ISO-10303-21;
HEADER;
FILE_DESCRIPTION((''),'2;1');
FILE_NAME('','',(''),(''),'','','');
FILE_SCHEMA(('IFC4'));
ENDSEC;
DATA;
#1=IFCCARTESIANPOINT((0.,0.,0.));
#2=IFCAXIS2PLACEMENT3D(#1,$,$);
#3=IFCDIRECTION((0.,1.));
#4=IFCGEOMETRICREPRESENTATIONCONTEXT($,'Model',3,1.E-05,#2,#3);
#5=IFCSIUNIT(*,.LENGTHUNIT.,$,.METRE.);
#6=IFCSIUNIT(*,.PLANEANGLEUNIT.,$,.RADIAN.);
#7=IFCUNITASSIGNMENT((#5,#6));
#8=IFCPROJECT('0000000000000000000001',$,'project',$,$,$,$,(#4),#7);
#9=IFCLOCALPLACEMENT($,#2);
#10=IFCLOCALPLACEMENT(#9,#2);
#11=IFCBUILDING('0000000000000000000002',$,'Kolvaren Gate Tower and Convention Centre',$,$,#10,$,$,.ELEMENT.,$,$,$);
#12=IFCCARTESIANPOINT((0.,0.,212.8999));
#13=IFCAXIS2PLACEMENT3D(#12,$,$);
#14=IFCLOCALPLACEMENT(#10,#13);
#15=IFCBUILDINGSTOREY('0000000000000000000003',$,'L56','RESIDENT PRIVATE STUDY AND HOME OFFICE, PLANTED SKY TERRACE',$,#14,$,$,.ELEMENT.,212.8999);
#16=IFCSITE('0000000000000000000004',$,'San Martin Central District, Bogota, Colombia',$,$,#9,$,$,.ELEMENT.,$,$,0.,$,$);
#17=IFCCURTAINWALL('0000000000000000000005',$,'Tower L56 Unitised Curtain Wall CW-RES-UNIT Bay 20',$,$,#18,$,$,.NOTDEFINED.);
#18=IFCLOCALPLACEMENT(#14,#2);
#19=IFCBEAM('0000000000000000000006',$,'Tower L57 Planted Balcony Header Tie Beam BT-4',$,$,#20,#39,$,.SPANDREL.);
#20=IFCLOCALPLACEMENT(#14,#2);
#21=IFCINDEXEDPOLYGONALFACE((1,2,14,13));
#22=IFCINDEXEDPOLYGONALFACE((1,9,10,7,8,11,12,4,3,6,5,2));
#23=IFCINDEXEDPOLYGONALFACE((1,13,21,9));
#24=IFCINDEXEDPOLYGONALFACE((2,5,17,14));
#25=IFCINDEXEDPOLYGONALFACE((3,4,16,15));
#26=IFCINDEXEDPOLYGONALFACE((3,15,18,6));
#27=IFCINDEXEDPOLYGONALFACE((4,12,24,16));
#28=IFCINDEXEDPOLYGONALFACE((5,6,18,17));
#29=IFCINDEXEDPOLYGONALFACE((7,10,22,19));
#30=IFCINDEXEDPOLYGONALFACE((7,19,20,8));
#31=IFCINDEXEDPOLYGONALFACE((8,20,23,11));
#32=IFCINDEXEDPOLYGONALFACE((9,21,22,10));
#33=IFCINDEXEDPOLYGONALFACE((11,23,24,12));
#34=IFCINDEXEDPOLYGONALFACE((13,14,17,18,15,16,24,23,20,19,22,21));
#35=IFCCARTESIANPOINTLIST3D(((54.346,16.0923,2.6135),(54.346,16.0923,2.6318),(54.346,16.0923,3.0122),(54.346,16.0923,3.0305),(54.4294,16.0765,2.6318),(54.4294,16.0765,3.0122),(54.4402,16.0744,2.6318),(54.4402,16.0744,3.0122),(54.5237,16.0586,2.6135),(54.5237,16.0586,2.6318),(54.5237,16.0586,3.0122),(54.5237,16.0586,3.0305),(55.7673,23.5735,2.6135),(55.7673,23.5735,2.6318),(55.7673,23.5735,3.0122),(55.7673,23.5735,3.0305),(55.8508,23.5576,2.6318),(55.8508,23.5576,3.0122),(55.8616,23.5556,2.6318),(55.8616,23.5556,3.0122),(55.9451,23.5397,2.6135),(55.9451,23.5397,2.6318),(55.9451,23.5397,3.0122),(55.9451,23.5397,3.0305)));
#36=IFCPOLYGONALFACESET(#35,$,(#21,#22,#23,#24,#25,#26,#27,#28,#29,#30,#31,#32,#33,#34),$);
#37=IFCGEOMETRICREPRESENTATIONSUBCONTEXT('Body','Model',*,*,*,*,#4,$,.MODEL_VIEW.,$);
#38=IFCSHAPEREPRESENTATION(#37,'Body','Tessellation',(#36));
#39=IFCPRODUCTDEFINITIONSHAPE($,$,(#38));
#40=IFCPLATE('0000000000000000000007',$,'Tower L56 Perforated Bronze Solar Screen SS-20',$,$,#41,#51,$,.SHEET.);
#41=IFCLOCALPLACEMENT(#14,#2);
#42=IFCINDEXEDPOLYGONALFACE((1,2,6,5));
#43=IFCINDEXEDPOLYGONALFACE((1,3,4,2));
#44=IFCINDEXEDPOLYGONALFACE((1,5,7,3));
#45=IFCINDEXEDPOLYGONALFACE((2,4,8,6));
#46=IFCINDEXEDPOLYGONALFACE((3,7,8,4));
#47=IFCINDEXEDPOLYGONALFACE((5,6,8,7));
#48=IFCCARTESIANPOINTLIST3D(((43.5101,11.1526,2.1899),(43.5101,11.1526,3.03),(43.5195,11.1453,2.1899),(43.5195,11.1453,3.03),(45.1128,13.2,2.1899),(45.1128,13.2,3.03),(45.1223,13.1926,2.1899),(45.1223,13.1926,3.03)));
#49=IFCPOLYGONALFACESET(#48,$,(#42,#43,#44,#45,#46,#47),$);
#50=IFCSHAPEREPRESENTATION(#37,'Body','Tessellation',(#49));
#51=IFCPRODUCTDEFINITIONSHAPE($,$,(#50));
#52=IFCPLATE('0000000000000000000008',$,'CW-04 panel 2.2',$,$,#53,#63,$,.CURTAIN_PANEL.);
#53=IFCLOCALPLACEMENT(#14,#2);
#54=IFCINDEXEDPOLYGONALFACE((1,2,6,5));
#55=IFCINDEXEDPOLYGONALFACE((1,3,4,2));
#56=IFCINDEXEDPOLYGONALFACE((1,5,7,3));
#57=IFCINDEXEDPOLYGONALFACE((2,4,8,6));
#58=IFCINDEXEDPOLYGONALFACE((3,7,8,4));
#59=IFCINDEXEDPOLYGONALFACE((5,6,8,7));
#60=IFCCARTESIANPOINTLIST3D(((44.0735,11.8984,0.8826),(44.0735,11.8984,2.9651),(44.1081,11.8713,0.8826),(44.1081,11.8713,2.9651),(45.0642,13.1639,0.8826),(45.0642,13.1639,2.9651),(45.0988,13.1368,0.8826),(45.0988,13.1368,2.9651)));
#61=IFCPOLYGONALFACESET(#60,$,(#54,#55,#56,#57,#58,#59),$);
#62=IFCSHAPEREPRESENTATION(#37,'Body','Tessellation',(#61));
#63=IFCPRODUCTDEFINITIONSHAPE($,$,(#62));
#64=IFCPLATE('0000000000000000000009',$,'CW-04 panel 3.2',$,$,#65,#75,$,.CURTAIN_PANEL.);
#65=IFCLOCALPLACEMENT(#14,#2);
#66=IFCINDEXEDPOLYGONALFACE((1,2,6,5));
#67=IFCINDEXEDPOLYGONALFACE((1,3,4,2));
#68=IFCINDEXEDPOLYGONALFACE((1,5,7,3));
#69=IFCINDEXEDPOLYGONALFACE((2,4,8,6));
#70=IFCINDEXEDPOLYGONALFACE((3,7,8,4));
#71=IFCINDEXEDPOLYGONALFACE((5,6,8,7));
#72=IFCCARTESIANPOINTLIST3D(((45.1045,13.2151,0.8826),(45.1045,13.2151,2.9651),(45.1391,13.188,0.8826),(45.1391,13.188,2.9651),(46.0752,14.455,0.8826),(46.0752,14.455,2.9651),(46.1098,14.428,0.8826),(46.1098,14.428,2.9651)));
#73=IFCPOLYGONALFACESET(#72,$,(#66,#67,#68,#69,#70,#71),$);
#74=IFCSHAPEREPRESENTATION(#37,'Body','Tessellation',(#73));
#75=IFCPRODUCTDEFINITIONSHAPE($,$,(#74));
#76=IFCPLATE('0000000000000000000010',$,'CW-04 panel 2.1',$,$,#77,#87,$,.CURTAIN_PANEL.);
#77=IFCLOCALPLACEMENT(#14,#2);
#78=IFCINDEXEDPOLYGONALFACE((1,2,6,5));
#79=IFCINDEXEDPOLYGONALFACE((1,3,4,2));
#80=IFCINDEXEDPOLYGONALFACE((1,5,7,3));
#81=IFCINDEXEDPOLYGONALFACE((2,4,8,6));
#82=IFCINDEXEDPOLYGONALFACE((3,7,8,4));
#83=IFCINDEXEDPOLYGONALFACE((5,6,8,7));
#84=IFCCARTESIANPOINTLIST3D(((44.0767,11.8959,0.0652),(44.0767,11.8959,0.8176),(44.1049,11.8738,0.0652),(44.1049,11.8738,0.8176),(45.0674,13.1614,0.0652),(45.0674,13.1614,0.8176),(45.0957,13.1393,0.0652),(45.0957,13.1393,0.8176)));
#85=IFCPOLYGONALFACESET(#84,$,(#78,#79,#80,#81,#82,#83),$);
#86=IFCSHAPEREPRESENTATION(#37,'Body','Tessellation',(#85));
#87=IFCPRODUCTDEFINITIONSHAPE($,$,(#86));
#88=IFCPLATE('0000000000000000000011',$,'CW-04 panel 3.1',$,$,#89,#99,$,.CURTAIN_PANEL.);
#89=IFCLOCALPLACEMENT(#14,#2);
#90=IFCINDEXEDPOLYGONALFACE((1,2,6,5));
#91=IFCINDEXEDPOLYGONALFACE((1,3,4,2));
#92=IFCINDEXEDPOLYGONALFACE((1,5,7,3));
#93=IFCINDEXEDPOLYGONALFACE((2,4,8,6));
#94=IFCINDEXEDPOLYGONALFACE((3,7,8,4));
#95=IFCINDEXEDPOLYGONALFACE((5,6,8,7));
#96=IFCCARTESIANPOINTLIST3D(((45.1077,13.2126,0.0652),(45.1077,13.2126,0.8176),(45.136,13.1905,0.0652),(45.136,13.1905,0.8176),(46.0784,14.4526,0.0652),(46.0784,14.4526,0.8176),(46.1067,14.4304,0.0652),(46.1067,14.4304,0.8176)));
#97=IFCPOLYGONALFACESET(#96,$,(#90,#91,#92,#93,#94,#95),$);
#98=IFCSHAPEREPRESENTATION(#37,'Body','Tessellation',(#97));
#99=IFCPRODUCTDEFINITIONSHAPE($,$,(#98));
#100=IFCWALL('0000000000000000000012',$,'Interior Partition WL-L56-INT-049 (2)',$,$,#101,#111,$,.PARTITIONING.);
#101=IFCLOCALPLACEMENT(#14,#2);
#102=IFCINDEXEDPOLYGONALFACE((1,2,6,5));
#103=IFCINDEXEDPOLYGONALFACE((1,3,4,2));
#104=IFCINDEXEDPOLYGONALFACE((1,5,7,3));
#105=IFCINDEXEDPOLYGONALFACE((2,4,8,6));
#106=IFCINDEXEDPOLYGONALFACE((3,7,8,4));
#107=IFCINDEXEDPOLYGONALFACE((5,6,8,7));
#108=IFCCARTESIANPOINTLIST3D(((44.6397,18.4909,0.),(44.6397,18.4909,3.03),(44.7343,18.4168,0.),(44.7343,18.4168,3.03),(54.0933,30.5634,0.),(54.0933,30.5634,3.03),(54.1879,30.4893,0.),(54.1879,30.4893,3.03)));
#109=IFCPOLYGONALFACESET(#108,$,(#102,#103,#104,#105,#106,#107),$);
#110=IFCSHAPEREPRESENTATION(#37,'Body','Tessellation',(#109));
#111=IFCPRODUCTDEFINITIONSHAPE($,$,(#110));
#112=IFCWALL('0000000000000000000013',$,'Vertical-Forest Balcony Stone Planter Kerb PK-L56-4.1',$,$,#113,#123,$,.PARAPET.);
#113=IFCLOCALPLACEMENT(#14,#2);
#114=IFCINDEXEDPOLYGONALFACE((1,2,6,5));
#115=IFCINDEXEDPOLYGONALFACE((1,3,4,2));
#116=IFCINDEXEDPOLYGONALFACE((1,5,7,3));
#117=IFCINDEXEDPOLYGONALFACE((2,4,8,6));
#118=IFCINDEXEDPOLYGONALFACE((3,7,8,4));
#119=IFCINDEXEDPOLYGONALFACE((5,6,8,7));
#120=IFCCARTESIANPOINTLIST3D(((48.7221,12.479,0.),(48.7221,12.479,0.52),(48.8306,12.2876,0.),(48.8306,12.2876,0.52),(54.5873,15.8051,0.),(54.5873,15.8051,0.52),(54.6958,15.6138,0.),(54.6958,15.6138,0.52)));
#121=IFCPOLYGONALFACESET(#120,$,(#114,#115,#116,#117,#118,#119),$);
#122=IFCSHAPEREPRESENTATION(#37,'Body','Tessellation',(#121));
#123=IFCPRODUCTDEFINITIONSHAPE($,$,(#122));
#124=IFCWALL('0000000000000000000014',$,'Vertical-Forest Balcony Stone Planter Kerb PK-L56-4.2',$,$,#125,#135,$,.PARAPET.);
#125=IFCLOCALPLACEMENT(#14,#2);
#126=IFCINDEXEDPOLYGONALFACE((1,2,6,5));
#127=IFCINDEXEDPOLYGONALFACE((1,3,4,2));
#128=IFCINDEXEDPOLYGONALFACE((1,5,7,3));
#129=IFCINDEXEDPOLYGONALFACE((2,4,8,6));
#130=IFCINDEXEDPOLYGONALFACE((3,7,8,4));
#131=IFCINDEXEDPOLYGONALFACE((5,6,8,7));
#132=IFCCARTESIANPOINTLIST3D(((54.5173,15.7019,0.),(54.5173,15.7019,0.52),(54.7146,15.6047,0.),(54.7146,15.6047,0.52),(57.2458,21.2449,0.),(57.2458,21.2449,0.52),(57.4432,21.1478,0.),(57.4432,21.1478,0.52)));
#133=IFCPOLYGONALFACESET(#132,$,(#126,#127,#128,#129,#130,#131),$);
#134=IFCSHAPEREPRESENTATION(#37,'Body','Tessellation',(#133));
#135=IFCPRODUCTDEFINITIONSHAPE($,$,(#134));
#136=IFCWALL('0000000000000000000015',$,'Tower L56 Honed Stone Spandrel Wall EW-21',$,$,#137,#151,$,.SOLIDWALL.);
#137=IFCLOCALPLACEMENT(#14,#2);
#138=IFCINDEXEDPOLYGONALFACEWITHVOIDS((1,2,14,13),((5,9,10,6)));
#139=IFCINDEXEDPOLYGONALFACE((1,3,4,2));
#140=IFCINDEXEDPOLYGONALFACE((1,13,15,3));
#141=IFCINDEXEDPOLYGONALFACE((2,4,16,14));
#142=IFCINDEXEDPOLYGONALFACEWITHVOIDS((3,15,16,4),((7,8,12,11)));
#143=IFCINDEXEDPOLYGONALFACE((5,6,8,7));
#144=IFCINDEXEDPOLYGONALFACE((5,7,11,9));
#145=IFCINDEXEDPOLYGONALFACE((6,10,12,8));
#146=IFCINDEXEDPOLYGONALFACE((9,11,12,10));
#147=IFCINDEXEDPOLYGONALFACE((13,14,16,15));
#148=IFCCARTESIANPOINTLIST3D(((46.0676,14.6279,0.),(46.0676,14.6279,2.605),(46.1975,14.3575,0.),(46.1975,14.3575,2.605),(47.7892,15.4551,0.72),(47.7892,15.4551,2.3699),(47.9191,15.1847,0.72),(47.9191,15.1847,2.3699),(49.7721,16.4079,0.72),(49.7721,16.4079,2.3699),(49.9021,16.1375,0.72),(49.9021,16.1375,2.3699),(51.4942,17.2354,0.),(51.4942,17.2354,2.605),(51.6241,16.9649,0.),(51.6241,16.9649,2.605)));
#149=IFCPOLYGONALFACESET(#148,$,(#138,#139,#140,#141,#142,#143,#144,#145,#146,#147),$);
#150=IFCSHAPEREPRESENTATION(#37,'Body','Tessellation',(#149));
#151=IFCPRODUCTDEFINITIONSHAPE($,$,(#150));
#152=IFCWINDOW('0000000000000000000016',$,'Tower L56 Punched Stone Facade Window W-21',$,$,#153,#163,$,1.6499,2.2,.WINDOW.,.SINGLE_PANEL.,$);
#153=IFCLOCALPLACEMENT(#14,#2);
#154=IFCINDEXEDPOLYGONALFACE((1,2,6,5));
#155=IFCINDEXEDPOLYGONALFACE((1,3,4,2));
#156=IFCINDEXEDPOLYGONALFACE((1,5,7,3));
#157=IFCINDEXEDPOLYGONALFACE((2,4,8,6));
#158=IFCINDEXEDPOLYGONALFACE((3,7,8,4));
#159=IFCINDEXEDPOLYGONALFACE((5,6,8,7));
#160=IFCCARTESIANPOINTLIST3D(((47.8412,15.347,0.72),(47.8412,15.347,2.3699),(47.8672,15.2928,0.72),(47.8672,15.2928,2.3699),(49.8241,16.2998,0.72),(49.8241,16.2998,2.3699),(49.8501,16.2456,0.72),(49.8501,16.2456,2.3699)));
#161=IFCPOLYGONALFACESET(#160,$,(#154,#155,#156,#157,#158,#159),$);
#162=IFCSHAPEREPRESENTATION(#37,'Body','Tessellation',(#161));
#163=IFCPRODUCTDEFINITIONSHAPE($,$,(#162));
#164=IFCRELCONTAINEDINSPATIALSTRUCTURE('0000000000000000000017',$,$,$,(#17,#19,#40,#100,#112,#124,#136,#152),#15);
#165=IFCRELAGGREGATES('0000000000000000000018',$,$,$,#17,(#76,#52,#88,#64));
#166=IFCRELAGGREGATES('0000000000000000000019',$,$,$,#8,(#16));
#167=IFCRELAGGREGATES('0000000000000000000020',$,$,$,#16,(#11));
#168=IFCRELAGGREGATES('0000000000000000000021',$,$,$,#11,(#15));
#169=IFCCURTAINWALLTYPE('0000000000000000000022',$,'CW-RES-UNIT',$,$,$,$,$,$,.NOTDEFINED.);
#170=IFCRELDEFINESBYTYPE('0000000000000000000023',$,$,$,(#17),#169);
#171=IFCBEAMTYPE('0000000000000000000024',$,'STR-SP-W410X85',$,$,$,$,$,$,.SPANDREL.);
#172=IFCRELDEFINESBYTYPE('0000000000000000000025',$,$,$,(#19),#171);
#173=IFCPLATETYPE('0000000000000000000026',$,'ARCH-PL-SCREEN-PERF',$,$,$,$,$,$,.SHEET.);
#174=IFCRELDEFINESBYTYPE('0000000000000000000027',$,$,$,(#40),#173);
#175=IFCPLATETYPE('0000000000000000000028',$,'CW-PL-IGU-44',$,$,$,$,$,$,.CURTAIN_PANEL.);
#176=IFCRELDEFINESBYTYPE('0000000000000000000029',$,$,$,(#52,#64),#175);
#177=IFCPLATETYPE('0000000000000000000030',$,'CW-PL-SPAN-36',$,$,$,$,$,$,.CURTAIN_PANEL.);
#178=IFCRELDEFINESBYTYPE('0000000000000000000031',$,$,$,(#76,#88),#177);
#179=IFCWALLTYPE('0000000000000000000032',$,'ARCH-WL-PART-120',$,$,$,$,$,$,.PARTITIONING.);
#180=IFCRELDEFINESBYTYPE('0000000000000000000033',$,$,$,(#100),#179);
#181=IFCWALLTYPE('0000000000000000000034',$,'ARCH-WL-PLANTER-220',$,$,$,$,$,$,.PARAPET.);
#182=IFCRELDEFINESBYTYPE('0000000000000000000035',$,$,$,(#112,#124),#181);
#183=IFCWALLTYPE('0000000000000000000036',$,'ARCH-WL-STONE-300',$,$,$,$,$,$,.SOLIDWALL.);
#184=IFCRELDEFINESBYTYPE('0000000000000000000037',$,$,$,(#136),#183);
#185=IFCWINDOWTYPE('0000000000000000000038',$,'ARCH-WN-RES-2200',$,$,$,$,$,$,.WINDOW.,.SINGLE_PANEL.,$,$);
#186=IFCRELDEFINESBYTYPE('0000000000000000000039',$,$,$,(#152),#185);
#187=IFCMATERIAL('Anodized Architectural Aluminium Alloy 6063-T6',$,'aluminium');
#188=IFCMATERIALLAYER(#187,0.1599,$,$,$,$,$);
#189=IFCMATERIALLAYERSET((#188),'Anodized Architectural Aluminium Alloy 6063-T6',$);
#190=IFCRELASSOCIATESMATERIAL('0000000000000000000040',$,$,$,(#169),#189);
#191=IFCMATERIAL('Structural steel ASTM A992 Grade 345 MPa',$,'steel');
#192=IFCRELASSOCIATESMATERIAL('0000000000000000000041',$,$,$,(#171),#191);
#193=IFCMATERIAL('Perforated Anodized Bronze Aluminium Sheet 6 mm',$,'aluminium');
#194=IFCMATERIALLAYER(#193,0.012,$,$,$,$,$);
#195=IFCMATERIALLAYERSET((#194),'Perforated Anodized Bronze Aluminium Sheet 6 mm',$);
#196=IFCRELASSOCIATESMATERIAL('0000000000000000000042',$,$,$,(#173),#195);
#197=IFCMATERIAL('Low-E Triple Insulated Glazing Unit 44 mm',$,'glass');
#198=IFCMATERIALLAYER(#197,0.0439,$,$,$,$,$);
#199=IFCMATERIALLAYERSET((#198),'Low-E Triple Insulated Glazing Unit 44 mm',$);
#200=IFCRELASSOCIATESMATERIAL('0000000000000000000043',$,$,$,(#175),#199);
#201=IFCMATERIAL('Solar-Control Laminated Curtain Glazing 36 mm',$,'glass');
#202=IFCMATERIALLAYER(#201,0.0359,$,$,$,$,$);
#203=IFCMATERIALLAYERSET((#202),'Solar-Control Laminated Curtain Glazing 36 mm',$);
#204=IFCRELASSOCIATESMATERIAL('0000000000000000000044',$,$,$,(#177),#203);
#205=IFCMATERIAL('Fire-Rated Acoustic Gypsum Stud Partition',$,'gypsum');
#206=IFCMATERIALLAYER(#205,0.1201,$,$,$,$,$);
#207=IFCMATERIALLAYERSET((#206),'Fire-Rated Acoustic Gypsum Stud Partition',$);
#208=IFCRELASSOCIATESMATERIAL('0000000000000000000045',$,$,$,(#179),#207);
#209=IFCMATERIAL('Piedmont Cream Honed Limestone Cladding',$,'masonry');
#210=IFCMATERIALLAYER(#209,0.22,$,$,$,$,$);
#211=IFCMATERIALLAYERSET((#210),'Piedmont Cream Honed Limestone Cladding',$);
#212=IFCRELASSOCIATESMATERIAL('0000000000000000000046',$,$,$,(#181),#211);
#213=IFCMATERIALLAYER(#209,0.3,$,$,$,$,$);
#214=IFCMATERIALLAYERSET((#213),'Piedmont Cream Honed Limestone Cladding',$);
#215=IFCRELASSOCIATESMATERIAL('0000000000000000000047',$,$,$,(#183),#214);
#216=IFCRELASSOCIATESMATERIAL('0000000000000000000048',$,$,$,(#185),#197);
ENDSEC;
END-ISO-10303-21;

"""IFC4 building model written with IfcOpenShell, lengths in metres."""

from ifc_helpers import new_model, si_unit, direction, frame, frame_2d, origin, origin_2d, place, context, subcontext, project, spatial, rectangle, i_section, extrude, material, layer, layer_set, material_profile, profile_set, type_object, element, fill, aggregate, save


model = new_model("IFC4")

# Units and contexts
model_context = context("Model", 3, precision=1e-05, world=origin(), true_north=direction((0.0, 1.0)))
body_context = subcontext(model_context, "Body", "Model", "MODEL_VIEW")
ifc_project = project(units=[si_unit("LENGTHUNIT", "METRE"), si_unit("PLANEANGLEUNIT", "RADIAN")], contexts=[model_context])

# Site, building, storey
site_placement = place(None, origin())
site = spatial("IfcSite", under=ifc_project, at=site_placement, Name="San Martin Central District, Bogota, Colombia", CompositionType="ELEMENT", RefElevation=0.0)
building_placement = place(site_placement, origin())
building = spatial("IfcBuilding", under=site, at=building_placement, Name="Kolvaren Gate Tower and Convention Centre", CompositionType="ELEMENT")
storey_placement = place(building_placement, frame((0.0, 0.0, 212.8999)))
storey = spatial("IfcBuildingStorey", under=building, at=storey_placement, Name="L56", Description="RESIDENT PRIVATE STUDY AND HOME OFFICE, PLANTED SKY TERRACE", CompositionType="ELEMENT", Elevation=212.8999)

# Curtain wall
ifc_material_1 = material(Name="Anodized Architectural Aluminium Alloy 6063-T6", Category="aluminium")
ifc_layer_1 = layer(ifc_material_1, 0.1599)
ifc_layer_set_1 = layer_set([ifc_layer_1], Name="Anodized Architectural Aluminium Alloy 6063-T6")
curtain_wall_type = type_object("IfcCurtainWallType", Name="CW-RES-UNIT", PredefinedType="NOTDEFINED", material=ifc_layer_set_1)
curtain_wall_placement = place(storey_placement, origin())
curtain_wall = element("IfcCurtainWall", 1, at=curtain_wall_placement, inside=storey, type_object=curtain_wall_type, Name="Tower L56 Unitised Curtain Wall CW-RES-UNIT Bay 20", PredefinedType="NOTDEFINED")

# Beam
ifc_material_2 = material(Name="Structural steel ASTM A992 Grade 345 MPa", Category="steel")
ifc_material_profile_1 = material_profile(ifc_material_2, i_section(OverallWidth=0.1809, OverallDepth=0.417, WebThickness=0.011, FlangeThickness=0.0183, at=origin_2d()), Name="W410X85")
ifc_profile_set_1 = profile_set([ifc_material_profile_1], Name="Structural steel ASTM A992 Grade 345 MPa")
beam_type_1 = type_object("IfcBeamType", Name="STR-SP-W410X85", PredefinedType="SPANDREL", material=ifc_profile_set_1)
beam_1_placement = place(storey_placement, frame((54.4348, 16.0754, 2.822), z_axis=(0.186655, 0.982425, 0.0), x_axis=(-0.982425, 0.186655, 0.0)))
element("IfcBeam", 2, at=beam_1_placement, inside=storey, type_object=beam_type_1, Name="Tower L57 Planted Balcony Header Tie Beam BT-4", PredefinedType="SPANDREL", context=body_context, shape_type="SweptSolid", body=[
    extrude(i_section(OverallWidth=0.1809, OverallDepth=0.417, WebThickness=0.011, FlangeThickness=0.0183, at=origin_2d()), origin(), (0.0, 0.0, 1.0), 7.615),
])

# Plates
ifc_material_3 = material(Name="Perforated Anodized Bronze Aluminium Sheet 6 mm", Category="aluminium")
ifc_layer_2 = layer(ifc_material_3, 0.012)
ifc_layer_set_2 = layer_set([ifc_layer_2], Name="Perforated Anodized Bronze Aluminium Sheet 6 mm")
plate_type_1 = type_object("IfcPlateType", Name="ARCH-PL-SCREEN-PERF", PredefinedType="SHEET", material=ifc_layer_set_2)
plate_1_placement = place(storey_placement, frame((44.3162, 12.1726, 2.1899), z_axis=(0.0, 0.0, 1.0), x_axis=(0.616434, 0.787406, 0.0)))
element("IfcPlate", 3, at=plate_1_placement, inside=storey, type_object=plate_type_1, Name="Tower L56 Perforated Bronze Solar Screen SS-20", PredefinedType="SHEET", context=body_context, shape_type="SweptSolid", body=[
    extrude(rectangle(XDim=2.6001, YDim=0.012, at=origin_2d()), origin(), (0.0, 0.0, 1.0), 0.8401),
])
ifc_material_4 = material(Name="Low-E Triple Insulated Glazing Unit 44 mm", Category="glass")
ifc_layer_3 = layer(ifc_material_4, 0.0439)
ifc_layer_set_3 = layer_set([ifc_layer_3], Name="Low-E Triple Insulated Glazing Unit 44 mm")
plate_type_2 = type_object("IfcPlateType", Name="CW-PL-IGU-44", PredefinedType="CURTAIN_PANEL", material=ifc_layer_set_3)
plate_2_placement = place(storey_placement, frame((44.5862, 12.5176, 0.8826), z_axis=(0.0, 0.0, 1.0), x_axis=(0.616437, 0.787404, 0.0)))
plate_2 = element("IfcPlate", 4, at=plate_2_placement, type_object=plate_type_2, Name="CW-04 panel 2.2", PredefinedType="CURTAIN_PANEL", context=body_context, shape_type="SweptSolid", body=[
    extrude(rectangle(XDim=1.6072, YDim=0.0439, at=origin_2d()), origin(), (0.0, 0.0, 1.0), 2.0825),
])
plate_3_placement = place(storey_placement, frame((45.6072, 13.8215, 0.8826), z_axis=(0.0, 0.0, 1.0), x_axis=(0.616437, 0.787404, 0.0)))
plate_3 = element("IfcPlate", 5, at=plate_3_placement, type_object=plate_type_2, Name="CW-04 panel 3.2", PredefinedType="CURTAIN_PANEL", context=body_context, shape_type="SweptSolid", body=[
    extrude(rectangle(XDim=1.5747, YDim=0.0439, at=origin_2d()), origin(), (0.0, 0.0, 1.0), 2.0825),
])
ifc_material_5 = material(Name="Solar-Control Laminated Curtain Glazing 36 mm", Category="glass")
ifc_layer_4 = layer(ifc_material_5, 0.0359)
ifc_layer_set_4 = layer_set([ifc_layer_4], Name="Solar-Control Laminated Curtain Glazing 36 mm")
plate_type_3 = type_object("IfcPlateType", Name="CW-PL-SPAN-36", PredefinedType="CURTAIN_PANEL", material=ifc_layer_set_4)
plate_4_placement = place(storey_placement, frame((44.5862, 12.5176, 0.0652), z_axis=(0.0, 0.0, 1.0), x_axis=(0.616437, 0.787404, 0.0)))
plate_4 = element("IfcPlate", 6, at=plate_4_placement, type_object=plate_type_3, Name="CW-04 panel 2.1", PredefinedType="CURTAIN_PANEL", context=body_context, shape_type="SweptSolid", body=[
    extrude(rectangle(XDim=1.6072, YDim=0.0359, at=origin_2d()), origin(), (0.0, 0.0, 1.0), 0.7524),
])
plate_5_placement = place(storey_placement, frame((45.6072, 13.8215, 0.0652), z_axis=(0.0, 0.0, 1.0), x_axis=(0.616437, 0.787404, 0.0)))
plate_5 = element("IfcPlate", 7, at=plate_5_placement, type_object=plate_type_3, Name="CW-04 panel 3.1", PredefinedType="CURTAIN_PANEL", context=body_context, shape_type="SweptSolid", body=[
    extrude(rectangle(XDim=1.5747, YDim=0.0359, at=origin_2d()), origin(), (0.0, 0.0, 1.0), 0.7524),
])
aggregate(curtain_wall, [plate_4, plate_2, plate_5, plate_3])

# Walls
ifc_material_6 = material(Name="Fire-Rated Acoustic Gypsum Stud Partition", Category="gypsum")
ifc_layer_5 = layer(ifc_material_6, 0.1201)
ifc_layer_set_5 = layer_set([ifc_layer_5], Name="Fire-Rated Acoustic Gypsum Stud Partition")
wall_type_1 = type_object("IfcWallType", Name="ARCH-WL-PART-120", PredefinedType="PARTITIONING", material=ifc_layer_set_5)
wall_1_placement = place(storey_placement, frame((44.687, 18.4539, 0.0), z_axis=(0.0, 0.0, 1.0), x_axis=(0.616533, 0.787329, 0.0)))
element("IfcWall", 8, at=wall_1_placement, inside=storey, type_object=wall_type_1, Name="Interior Partition WL-L56-INT-049 (2)", PredefinedType="PARTITIONING", context=body_context, shape_type="SweptSolid", body=[
    extrude(rectangle(XDim=15.3335, YDim=0.1201, at=frame_2d((7.6667, 0.0))), origin(), (0.0, 0.0, 1.0), 3.03),
])
ifc_material_7 = material(Name="Piedmont Cream Honed Limestone Cladding", Category="masonry")
ifc_layer_6 = layer(ifc_material_7, 0.22)
ifc_layer_set_6 = layer_set([ifc_layer_6], Name="Piedmont Cream Honed Limestone Cladding")
wall_type_2 = type_object("IfcWallType", Name="ARCH-WL-PLANTER-220", PredefinedType="PARAPET", material=ifc_layer_set_6)
wall_2_placement = place(storey_placement, frame((48.7764, 12.3833, 0.0), z_axis=(0.0, 0.0, 1.0), x_axis=(0.869861, 0.493298, 0.0)))
element("IfcWall", 9, at=wall_2_placement, inside=storey, type_object=wall_type_2, Name="Vertical-Forest Balcony Stone Planter Kerb PK-L56-4.1", PredefinedType="PARAPET", context=body_context, shape_type="SweptSolid", body=[
    extrude(rectangle(XDim=6.7427, YDim=0.22, at=frame_2d((3.3713, 0.0))), origin(), (0.0, 0.0, 1.0), 0.52),
])
wall_3_placement = place(storey_placement, frame((54.616, 15.6533, 0.0), z_axis=(0.0, 0.0, 1.0), x_axis=(0.441641, 0.897192, 0.0)))
element("IfcWall", 10, at=wall_3_placement, inside=storey, type_object=wall_type_2, Name="Vertical-Forest Balcony Stone Planter Kerb PK-L56-4.2", PredefinedType="PARAPET", context=body_context, shape_type="SweptSolid", body=[
    extrude(rectangle(XDim=6.1782, YDim=0.22, at=frame_2d((3.0891, 0.0))), origin(), (0.0, 0.0, 1.0), 0.52),
])

# Wall, opening, window
ifc_layer_7 = layer(ifc_material_7, 0.3)
ifc_layer_set_7 = layer_set([ifc_layer_7], Name="Piedmont Cream Honed Limestone Cladding")
wall_type_3 = type_object("IfcWallType", Name="ARCH-WL-STONE-300", PredefinedType="SOLIDWALL", material=ifc_layer_set_7)
wall_4_placement = place(storey_placement, frame((46.1326, 14.4927, 0.0), z_axis=(0.0, 0.0, 1.0), x_axis=(0.901348, 0.433095, 0.0)))
wall_4 = element("IfcWall", 11, at=wall_4_placement, inside=storey, type_object=wall_type_3, Name="Tower L56 Honed Stone Spandrel Wall EW-21", PredefinedType="SOLIDWALL", context=body_context, shape_type="SweptSolid", body=[
    extrude(rectangle(XDim=6.0205, YDim=0.3, at=frame_2d((3.0103, 0.0))), origin(), (0.0, 0.0, 1.0), 2.605),
])
opening_1_placement = place(wall_4_placement, frame((1.9099, 0.0, 0.72)))
opening_1 = element("IfcOpeningElement", 12, at=opening_1_placement, cuts=wall_4, PredefinedType="OPENING", context=body_context, shape_type="SweptSolid", body=[
    extrude(rectangle(XDim=2.2, YDim=1.6499, at=frame_2d((1.1001, 0.825))), frame((0.0, 0.1599, 0.0), z_axis=(0.0, -1.0, 0.0), x_axis=(1.0, 0.0, 0.0)), (0.0, 0.0, 1.0), 0.3201),
])
window_type = type_object("IfcWindowType", Name="ARCH-WN-RES-2200", PartitioningType="SINGLE_PANEL", PredefinedType="WINDOW", material=ifc_material_4)
window_placement = place(opening_1_placement, origin())
window = element("IfcWindow", 13, at=window_placement, inside=storey, type_object=window_type, Name="Tower L56 Punched Stone Facade Window W-21", OverallHeight=1.6499, OverallWidth=2.2, PartitioningType="SINGLE_PANEL", PredefinedType="WINDOW", context=body_context, shape_type="SweptSolid", body=[
    extrude(rectangle(XDim=2.2, YDim=1.6499, at=frame_2d((1.1001, 0.825))), frame((0.0, 0.03, 0.0), z_axis=(0.0, -1.0, 0.0), x_axis=(1.0, 0.0, 0.0)), (0.0, 0.0, 1.0), 0.0601),
])
fill(opening_1, window)

save(model, "model.ifc")
